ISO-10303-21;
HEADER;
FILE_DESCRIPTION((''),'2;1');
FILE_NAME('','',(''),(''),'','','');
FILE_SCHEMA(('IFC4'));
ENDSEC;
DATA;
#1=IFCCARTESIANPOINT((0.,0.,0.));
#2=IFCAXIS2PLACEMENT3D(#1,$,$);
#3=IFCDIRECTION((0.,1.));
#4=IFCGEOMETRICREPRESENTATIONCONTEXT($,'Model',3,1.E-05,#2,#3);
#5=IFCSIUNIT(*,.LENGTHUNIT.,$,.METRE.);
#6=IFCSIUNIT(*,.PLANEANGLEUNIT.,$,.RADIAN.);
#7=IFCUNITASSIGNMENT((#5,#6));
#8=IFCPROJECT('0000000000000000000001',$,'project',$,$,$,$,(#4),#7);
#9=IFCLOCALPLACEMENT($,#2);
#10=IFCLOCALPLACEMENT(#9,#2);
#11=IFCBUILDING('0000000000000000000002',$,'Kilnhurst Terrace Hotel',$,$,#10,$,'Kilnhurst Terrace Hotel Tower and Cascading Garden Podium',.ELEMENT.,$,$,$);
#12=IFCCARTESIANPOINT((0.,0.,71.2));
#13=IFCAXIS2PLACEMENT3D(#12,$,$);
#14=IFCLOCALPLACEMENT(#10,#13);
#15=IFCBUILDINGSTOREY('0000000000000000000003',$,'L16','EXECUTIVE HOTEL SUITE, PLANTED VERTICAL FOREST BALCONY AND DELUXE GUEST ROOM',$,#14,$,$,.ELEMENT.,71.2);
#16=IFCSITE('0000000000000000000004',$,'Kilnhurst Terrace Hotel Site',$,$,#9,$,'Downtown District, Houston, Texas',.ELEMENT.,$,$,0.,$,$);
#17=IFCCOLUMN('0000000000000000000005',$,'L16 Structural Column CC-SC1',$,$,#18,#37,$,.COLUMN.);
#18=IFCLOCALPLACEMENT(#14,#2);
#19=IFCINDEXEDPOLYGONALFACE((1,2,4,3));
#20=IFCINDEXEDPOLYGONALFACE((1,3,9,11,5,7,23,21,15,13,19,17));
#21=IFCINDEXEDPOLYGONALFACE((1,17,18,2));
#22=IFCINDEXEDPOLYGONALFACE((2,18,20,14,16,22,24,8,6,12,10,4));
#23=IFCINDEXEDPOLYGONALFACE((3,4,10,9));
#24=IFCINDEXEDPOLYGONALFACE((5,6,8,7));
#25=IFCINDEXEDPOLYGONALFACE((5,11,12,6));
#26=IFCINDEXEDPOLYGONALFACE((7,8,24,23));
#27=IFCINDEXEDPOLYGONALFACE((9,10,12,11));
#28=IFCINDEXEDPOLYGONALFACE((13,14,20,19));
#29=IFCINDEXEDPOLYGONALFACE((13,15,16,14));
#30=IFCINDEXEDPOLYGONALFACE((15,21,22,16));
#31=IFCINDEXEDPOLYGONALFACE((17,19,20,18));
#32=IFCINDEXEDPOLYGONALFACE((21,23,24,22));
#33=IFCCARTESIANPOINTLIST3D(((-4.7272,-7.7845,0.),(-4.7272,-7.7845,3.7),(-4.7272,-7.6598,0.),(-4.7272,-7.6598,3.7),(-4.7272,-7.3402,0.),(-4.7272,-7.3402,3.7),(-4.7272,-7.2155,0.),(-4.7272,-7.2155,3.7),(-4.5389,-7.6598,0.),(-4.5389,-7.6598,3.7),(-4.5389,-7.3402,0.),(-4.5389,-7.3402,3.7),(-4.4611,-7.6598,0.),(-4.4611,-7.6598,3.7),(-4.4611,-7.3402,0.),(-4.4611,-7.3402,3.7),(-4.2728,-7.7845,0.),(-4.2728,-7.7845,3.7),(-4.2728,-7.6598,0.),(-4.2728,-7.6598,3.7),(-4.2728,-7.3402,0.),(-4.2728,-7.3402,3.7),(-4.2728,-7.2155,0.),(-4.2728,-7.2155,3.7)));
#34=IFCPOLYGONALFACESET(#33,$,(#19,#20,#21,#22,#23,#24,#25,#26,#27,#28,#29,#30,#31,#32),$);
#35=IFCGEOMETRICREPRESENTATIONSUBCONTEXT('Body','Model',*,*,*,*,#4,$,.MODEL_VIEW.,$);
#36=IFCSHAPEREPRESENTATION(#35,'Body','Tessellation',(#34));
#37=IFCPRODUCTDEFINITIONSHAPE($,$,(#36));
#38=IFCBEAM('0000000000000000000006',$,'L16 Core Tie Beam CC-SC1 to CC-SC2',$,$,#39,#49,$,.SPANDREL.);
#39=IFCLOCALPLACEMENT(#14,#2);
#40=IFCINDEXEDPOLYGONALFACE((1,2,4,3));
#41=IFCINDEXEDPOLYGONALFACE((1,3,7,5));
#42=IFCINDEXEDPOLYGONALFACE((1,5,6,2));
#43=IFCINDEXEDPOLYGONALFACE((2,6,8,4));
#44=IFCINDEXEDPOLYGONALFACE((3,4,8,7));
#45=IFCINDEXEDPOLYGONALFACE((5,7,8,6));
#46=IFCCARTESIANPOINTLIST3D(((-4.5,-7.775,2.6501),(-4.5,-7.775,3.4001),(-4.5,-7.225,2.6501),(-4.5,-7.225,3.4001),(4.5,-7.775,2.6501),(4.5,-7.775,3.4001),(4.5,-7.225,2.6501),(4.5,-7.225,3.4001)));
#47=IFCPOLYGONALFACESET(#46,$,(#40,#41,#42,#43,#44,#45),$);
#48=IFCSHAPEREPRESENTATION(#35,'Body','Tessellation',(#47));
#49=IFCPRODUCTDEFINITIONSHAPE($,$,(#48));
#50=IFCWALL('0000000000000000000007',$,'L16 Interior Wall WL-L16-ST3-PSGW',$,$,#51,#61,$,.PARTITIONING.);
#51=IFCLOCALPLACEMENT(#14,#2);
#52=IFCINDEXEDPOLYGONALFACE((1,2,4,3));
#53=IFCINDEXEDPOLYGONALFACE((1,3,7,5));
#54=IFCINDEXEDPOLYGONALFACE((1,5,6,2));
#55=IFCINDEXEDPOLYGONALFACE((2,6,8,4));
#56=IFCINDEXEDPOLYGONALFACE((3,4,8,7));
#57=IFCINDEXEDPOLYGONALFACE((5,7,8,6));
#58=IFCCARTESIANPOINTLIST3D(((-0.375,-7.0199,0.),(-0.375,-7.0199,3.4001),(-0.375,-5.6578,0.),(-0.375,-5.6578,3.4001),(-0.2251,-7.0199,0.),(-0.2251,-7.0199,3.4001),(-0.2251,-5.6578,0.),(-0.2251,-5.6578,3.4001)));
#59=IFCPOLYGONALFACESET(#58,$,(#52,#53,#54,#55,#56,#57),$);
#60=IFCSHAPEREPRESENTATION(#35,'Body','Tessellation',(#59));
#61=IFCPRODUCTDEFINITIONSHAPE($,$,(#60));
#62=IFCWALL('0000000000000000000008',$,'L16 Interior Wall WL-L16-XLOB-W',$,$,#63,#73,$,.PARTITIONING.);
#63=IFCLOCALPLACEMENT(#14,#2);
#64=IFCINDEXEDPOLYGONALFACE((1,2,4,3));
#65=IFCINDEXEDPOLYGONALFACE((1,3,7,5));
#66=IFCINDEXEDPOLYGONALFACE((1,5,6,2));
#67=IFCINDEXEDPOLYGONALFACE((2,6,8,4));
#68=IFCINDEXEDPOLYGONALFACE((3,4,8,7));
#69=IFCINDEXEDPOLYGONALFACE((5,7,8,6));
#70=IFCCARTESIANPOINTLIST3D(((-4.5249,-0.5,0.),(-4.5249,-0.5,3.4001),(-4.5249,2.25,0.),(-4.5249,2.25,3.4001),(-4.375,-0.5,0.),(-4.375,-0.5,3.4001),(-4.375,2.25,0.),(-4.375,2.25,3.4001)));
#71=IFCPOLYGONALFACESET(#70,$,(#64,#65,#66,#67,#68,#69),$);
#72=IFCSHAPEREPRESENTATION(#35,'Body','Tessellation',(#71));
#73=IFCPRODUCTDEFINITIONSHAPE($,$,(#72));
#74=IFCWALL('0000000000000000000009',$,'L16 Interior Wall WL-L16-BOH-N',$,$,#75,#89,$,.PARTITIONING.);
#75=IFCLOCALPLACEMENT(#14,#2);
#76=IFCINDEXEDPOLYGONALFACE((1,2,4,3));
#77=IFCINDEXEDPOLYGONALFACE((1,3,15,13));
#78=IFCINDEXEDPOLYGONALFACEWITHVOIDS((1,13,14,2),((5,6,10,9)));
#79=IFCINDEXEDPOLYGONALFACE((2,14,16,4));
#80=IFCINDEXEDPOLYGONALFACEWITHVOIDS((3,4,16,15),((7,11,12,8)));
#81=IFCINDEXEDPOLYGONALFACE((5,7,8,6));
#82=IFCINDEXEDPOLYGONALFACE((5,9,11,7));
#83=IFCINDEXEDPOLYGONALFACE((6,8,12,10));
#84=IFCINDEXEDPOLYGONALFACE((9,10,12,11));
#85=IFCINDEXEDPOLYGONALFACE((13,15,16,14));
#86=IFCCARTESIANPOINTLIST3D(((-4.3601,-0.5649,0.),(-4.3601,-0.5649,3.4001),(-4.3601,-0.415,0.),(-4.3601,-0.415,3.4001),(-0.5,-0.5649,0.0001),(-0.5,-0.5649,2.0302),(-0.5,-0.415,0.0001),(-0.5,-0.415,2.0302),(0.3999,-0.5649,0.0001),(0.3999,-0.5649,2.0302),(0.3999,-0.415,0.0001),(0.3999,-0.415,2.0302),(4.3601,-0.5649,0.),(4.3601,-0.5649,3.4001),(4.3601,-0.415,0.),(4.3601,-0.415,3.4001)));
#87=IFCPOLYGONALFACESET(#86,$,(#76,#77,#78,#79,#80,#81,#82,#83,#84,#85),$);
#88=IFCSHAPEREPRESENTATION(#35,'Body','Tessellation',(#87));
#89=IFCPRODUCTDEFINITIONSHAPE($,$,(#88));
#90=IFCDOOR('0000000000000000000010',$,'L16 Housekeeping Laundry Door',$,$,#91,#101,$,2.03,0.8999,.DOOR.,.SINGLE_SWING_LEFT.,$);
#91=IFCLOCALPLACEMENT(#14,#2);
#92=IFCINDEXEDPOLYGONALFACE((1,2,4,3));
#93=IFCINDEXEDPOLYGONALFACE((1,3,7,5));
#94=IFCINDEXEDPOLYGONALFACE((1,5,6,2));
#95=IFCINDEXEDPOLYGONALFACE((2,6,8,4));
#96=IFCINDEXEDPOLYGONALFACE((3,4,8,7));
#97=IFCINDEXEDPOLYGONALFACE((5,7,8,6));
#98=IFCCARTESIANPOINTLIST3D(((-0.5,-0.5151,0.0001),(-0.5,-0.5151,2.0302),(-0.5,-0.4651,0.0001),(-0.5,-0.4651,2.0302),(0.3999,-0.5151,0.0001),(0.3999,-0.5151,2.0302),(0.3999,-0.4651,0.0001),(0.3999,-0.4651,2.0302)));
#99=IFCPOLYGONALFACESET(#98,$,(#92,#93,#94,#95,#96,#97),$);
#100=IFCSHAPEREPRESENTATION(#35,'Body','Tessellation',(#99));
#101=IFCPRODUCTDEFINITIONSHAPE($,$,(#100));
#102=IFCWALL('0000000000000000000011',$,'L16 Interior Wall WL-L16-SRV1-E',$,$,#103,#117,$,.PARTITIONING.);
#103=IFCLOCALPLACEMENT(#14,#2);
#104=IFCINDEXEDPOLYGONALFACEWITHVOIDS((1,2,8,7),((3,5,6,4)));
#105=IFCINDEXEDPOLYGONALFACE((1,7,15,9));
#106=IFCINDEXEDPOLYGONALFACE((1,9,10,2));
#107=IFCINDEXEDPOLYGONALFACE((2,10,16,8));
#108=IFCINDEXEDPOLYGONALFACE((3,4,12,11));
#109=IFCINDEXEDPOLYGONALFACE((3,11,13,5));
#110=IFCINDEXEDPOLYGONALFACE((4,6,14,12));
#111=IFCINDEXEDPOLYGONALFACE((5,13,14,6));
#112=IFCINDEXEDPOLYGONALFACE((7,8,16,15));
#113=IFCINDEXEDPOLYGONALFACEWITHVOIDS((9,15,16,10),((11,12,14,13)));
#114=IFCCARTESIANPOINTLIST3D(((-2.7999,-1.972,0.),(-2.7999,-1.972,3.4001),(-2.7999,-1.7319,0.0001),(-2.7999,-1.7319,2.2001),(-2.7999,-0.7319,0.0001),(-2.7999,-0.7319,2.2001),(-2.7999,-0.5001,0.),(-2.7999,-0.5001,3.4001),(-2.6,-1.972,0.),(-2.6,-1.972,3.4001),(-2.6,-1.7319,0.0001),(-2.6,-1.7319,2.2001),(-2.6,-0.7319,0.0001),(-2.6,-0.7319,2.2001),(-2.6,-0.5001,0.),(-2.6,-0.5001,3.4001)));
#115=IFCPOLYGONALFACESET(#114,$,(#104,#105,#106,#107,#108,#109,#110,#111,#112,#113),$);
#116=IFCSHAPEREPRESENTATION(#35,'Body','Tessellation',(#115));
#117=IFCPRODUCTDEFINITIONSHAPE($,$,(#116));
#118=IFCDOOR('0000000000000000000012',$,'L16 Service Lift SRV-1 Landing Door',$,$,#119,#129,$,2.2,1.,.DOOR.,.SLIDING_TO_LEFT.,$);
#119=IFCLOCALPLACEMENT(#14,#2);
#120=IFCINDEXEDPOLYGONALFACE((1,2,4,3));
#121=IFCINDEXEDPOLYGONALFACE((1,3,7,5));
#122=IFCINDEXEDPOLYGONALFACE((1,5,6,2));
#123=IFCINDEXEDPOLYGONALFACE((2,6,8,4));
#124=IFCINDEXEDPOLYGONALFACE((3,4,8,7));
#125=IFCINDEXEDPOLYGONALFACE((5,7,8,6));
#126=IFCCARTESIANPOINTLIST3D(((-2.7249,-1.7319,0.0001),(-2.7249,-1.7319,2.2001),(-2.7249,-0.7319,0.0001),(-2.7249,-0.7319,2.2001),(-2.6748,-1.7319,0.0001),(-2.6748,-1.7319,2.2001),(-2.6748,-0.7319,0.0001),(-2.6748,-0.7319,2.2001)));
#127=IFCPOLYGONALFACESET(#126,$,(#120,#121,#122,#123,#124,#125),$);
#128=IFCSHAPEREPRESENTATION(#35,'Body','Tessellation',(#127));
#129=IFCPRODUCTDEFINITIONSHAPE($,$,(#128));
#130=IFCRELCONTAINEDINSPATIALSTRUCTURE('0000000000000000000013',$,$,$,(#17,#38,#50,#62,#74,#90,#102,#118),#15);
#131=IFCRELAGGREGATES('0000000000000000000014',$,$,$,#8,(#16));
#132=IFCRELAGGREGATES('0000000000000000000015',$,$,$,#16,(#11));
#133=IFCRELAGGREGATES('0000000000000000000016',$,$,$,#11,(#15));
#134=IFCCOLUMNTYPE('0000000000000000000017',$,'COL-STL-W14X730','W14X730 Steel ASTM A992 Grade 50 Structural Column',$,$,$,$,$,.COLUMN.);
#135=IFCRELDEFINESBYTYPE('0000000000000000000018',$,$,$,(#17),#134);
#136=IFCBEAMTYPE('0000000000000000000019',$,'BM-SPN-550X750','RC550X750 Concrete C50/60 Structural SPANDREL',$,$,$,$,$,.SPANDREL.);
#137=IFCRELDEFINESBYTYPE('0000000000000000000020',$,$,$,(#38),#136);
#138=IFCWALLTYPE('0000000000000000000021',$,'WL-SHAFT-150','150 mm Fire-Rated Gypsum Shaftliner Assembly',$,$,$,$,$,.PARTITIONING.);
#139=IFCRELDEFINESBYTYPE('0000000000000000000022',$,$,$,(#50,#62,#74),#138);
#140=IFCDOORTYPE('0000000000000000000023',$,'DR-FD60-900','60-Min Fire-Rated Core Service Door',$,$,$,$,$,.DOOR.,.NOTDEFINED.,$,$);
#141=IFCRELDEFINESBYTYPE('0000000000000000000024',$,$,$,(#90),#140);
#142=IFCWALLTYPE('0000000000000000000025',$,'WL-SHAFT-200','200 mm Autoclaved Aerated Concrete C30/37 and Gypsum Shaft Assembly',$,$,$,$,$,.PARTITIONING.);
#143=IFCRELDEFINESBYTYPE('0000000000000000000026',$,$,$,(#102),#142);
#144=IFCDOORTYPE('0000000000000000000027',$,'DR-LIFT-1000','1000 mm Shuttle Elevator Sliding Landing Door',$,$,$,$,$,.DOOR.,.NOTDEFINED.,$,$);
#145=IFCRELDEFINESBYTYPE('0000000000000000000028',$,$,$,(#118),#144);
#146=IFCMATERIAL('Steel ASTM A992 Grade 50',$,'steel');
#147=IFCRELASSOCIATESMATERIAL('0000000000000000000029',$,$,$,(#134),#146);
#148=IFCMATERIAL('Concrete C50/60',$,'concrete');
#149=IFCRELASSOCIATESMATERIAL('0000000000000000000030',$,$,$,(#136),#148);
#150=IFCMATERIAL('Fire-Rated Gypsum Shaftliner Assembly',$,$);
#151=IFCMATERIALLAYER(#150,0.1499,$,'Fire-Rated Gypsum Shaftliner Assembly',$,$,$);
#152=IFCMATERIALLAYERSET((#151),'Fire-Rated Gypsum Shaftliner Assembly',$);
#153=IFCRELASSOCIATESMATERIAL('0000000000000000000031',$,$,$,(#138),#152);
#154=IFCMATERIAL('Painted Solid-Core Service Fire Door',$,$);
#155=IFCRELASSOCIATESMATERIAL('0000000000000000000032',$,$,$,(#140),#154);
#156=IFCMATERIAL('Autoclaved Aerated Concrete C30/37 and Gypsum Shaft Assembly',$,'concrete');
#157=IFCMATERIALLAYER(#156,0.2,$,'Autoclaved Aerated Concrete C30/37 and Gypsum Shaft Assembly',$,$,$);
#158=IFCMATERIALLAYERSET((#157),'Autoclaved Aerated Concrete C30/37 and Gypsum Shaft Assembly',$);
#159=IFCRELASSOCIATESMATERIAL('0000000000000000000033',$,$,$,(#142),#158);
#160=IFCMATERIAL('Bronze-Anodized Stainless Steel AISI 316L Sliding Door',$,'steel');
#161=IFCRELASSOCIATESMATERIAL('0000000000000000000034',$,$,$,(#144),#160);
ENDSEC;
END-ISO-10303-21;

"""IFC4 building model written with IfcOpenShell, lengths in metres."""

from ifc_helpers import new_model, si_unit, direction, frame, frame_2d, origin, origin_2d, place, context, subcontext, project, spatial, rectangle, i_section, extrude, material, layer, layer_set, material_profile, profile_set, type_object, element, fill, save


model = new_model("IFC4")

# Units and contexts
model_context = context("Model", 3, precision=1e-05, world=origin(), true_north=direction((0.0, 1.0)))
body_context = subcontext(model_context, "Body", "Model", "MODEL_VIEW")
ifc_project = project(units=[si_unit("LENGTHUNIT", "METRE"), si_unit("PLANEANGLEUNIT", "RADIAN")], contexts=[model_context])

# Site, building, storey
site_placement = place(None, origin())
site = spatial("IfcSite", under=ifc_project, at=site_placement, Name="Kilnhurst Terrace Hotel Site", LongName="Downtown District, Houston, Texas", CompositionType="ELEMENT", RefElevation=0.0)
building_placement = place(site_placement, origin())
building = spatial("IfcBuilding", under=site, at=building_placement, Name="Kilnhurst Terrace Hotel", LongName="Kilnhurst Terrace Hotel Tower and Cascading Garden Podium", CompositionType="ELEMENT")
storey_placement = place(building_placement, frame((0.0, 0.0, 71.2)))
storey = spatial("IfcBuildingStorey", under=building, at=storey_placement, Name="L16", Description="EXECUTIVE HOTEL SUITE, PLANTED VERTICAL FOREST BALCONY AND DELUXE GUEST ROOM", CompositionType="ELEMENT", Elevation=71.2)

# Column
ifc_material_1 = material(Name="Steel ASTM A992 Grade 50", Category="steel")
ifc_material_profile_1 = material_profile(ifc_material_1, i_section(OverallWidth=0.4543, OverallDepth=0.5691, WebThickness=0.0779, FlangeThickness=0.1248, at=origin_2d()), Name="W14X730")
ifc_profile_set_1 = profile_set([ifc_material_profile_1], Name="Steel ASTM A992 Grade 50")
column_type = type_object("IfcColumnType", Name="COL-STL-W14X730", Description="W14X730 Steel ASTM A992 Grade 50 Structural Column", PredefinedType="COLUMN", material=ifc_profile_set_1)
column_placement = place(storey_placement, frame((-4.5, -7.5, 0.0), z_axis=(0.0, 0.0, 1.0), x_axis=(1.0, 0.0, 0.0)))
element("IfcColumn", 1, at=column_placement, inside=storey, type_object=column_type, Name="L16 Structural Column CC-SC1", PredefinedType="COLUMN", context=body_context, shape_type="SweptSolid", body=[
    extrude(i_section(OverallWidth=0.4543, OverallDepth=0.5691, WebThickness=0.0779, FlangeThickness=0.1248, at=origin_2d()), origin(), (0.0, 0.0, 1.0), 3.7),
])

# Beam
ifc_material_2 = material(Name="Concrete C50/60", Category="concrete")
ifc_material_profile_2 = material_profile(ifc_material_2, rectangle(XDim=0.55, YDim=0.75, at=origin_2d()), Name="RC550X750")
ifc_profile_set_2 = profile_set([ifc_material_profile_2], Name="Concrete C50/60")
beam_type = type_object("IfcBeamType", Name="BM-SPN-550X750", Description="RC550X750 Concrete C50/60 Structural SPANDREL", PredefinedType="SPANDREL", material=ifc_profile_set_2)
beam_placement = place(storey_placement, frame((-4.5, -7.5, 3.0251), z_axis=(1.0, 0.0, 0.0), x_axis=(0.0, 1.0, 0.0)))
element("IfcBeam", 2, at=beam_placement, inside=storey, type_object=beam_type, Name="L16 Core Tie Beam CC-SC1 to CC-SC2", PredefinedType="SPANDREL", context=body_context, shape_type="SweptSolid", body=[
    extrude(rectangle(XDim=0.55, YDim=0.75, at=origin_2d()), origin(), (0.0, 0.0, 1.0), 9.0),
])

# Walls
ifc_material_3 = material(Name="Fire-Rated Gypsum Shaftliner Assembly")
ifc_layer_1 = layer(ifc_material_3, 0.1499, Name="Fire-Rated Gypsum Shaftliner Assembly")
ifc_layer_set_1 = layer_set([ifc_layer_1], Name="Fire-Rated Gypsum Shaftliner Assembly")
wall_type_1 = type_object("IfcWallType", Name="WL-SHAFT-150", Description="150 mm Fire-Rated Gypsum Shaftliner Assembly", PredefinedType="PARTITIONING", material=ifc_layer_set_1)
wall_1_placement = place(storey_placement, frame((-0.3, -7.02, 0.0), z_axis=(0.0, 0.0, 1.0), x_axis=(0.0, 1.0, 0.0)))
element("IfcWall", 3, at=wall_1_placement, inside=storey, type_object=wall_type_1, Name="L16 Interior Wall WL-L16-ST3-PSGW", PredefinedType="PARTITIONING", context=body_context, shape_type="SweptSolid", body=[
    extrude(rectangle(XDim=1.3621, YDim=0.1499, at=frame_2d((0.6812, 0.0))), origin(), (0.0, 0.0, 1.0), 3.4001),
])
wall_2_placement = place(storey_placement, frame((-4.45, -0.5, 0.0), z_axis=(0.0, 0.0, 1.0), x_axis=(0.0, 1.0, 0.0)))
element("IfcWall", 4, at=wall_2_placement, inside=storey, type_object=wall_type_1, Name="L16 Interior Wall WL-L16-XLOB-W", PredefinedType="PARTITIONING", context=body_context, shape_type="SweptSolid", body=[
    extrude(rectangle(XDim=2.75, YDim=0.1499, at=frame_2d((1.375, 0.0))), origin(), (0.0, 0.0, 1.0), 3.4001),
])

# Walls, openings, doors
wall_3_placement = place(storey_placement, frame((-4.3601, -0.49, 0.0), z_axis=(0.0, 0.0, 1.0), x_axis=(1.0, 0.0, 0.0)))
wall_3 = element("IfcWall", 5, at=wall_3_placement, inside=storey, type_object=wall_type_1, Name="L16 Interior Wall WL-L16-BOH-N", PredefinedType="PARTITIONING", context=body_context, shape_type="SweptSolid", body=[
    extrude(rectangle(XDim=8.7202, YDim=0.1499, at=frame_2d((4.3601, 0.0))), origin(), (0.0, 0.0, 1.0), 3.4001),
])
opening_1_placement = place(wall_3_placement, frame((3.8601, 0.0, 0.0)))
opening_1 = element("IfcOpeningElement", 6, at=opening_1_placement, cuts=wall_3, PredefinedType="OPENING", context=body_context, shape_type="SweptSolid", body=[
    extrude(rectangle(XDim=0.8999, YDim=2.03, at=frame_2d((0.45, 1.0151))), frame((0.0, 0.085, 0.0), z_axis=(0.0, -1.0, 0.0), x_axis=(1.0, 0.0, 0.0)), (0.0, 0.0, 1.0), 0.1699),
])
ifc_material_4 = material(Name="Painted Solid-Core Service Fire Door")
door_type_1 = type_object("IfcDoorType", Name="DR-FD60-900", Description="60-Min Fire-Rated Core Service Door", OperationType="NOTDEFINED", PredefinedType="DOOR", material=ifc_material_4)
door_1_placement = place(opening_1_placement, origin())
door_1 = element("IfcDoor", 7, at=door_1_placement, inside=storey, type_object=door_type_1, Name="L16 Housekeeping Laundry Door", OperationType="SINGLE_SWING_LEFT", OverallHeight=2.03, OverallWidth=0.8999, PredefinedType="DOOR", context=body_context, shape_type="SweptSolid", body=[
    extrude(rectangle(XDim=0.8999, YDim=2.03, at=frame_2d((0.45, 1.0151))), frame((0.0, 0.0249, 0.0), z_axis=(0.0, -1.0, 0.0), x_axis=(1.0, 0.0, 0.0)), (0.0, 0.0, 1.0), 0.05),
])
fill(opening_1, door_1)
ifc_material_5 = material(Name="Autoclaved Aerated Concrete C30/37 and Gypsum Shaft Assembly", Category="concrete")
ifc_layer_2 = layer(ifc_material_5, 0.2, Name="Autoclaved Aerated Concrete C30/37 and Gypsum Shaft Assembly")
ifc_layer_set_2 = layer_set([ifc_layer_2], Name="Autoclaved Aerated Concrete C30/37 and Gypsum Shaft Assembly")
wall_type_2 = type_object("IfcWallType", Name="WL-SHAFT-200", Description="200 mm Autoclaved Aerated Concrete C30/37 and Gypsum Shaft Assembly", PredefinedType="PARTITIONING", material=ifc_layer_set_2)
wall_4_placement = place(storey_placement, frame((-2.7, -1.9719, 0.0), z_axis=(0.0, 0.0, 1.0), x_axis=(0.0, 1.0, 0.0)))
wall_4 = element("IfcWall", 8, at=wall_4_placement, inside=storey, type_object=wall_type_2, Name="L16 Interior Wall WL-L16-SRV1-E", PredefinedType="PARTITIONING", context=body_context, shape_type="SweptSolid", body=[
    extrude(rectangle(XDim=1.4719, YDim=0.2, at=frame_2d((0.7358, 0.0))), origin(), (0.0, 0.0, 1.0), 3.4001),
])
opening_2_placement = place(wall_4_placement, frame((0.24, 0.0, 0.0)))
opening_2 = element("IfcOpeningElement", 9, at=opening_2_placement, cuts=wall_4, PredefinedType="OPENING", context=body_context, shape_type="SweptSolid", body=[
    extrude(rectangle(XDim=1.0, YDim=2.2, at=frame_2d((0.5, 1.1001))), frame((0.0, 0.1099, 0.0), z_axis=(0.0, -1.0, 0.0), x_axis=(1.0, 0.0, 0.0)), (0.0, 0.0, 1.0), 0.22),
])
ifc_material_6 = material(Name="Bronze-Anodized Stainless Steel AISI 316L Sliding Door", Category="steel")
door_type_2 = type_object("IfcDoorType", Name="DR-LIFT-1000", Description="1000 mm Shuttle Elevator Sliding Landing Door", OperationType="NOTDEFINED", PredefinedType="DOOR", material=ifc_material_6)
door_2_placement = place(opening_2_placement, origin())
door_2 = element("IfcDoor", 10, at=door_2_placement, inside=storey, type_object=door_type_2, Name="L16 Service Lift SRV-1 Landing Door", OperationType="SLIDING_TO_LEFT", OverallHeight=2.2, OverallWidth=1.0, PredefinedType="DOOR", context=body_context, shape_type="SweptSolid", body=[
    extrude(rectangle(XDim=1.0, YDim=2.2, at=frame_2d((0.5, 1.1001))), frame((0.0, 0.0249, 0.0), z_axis=(0.0, -1.0, 0.0), x_axis=(1.0, 0.0, 0.0)), (0.0, 0.0, 1.0), 0.05),
])
fill(opening_2, door_2)

save(model, "model.ifc")
